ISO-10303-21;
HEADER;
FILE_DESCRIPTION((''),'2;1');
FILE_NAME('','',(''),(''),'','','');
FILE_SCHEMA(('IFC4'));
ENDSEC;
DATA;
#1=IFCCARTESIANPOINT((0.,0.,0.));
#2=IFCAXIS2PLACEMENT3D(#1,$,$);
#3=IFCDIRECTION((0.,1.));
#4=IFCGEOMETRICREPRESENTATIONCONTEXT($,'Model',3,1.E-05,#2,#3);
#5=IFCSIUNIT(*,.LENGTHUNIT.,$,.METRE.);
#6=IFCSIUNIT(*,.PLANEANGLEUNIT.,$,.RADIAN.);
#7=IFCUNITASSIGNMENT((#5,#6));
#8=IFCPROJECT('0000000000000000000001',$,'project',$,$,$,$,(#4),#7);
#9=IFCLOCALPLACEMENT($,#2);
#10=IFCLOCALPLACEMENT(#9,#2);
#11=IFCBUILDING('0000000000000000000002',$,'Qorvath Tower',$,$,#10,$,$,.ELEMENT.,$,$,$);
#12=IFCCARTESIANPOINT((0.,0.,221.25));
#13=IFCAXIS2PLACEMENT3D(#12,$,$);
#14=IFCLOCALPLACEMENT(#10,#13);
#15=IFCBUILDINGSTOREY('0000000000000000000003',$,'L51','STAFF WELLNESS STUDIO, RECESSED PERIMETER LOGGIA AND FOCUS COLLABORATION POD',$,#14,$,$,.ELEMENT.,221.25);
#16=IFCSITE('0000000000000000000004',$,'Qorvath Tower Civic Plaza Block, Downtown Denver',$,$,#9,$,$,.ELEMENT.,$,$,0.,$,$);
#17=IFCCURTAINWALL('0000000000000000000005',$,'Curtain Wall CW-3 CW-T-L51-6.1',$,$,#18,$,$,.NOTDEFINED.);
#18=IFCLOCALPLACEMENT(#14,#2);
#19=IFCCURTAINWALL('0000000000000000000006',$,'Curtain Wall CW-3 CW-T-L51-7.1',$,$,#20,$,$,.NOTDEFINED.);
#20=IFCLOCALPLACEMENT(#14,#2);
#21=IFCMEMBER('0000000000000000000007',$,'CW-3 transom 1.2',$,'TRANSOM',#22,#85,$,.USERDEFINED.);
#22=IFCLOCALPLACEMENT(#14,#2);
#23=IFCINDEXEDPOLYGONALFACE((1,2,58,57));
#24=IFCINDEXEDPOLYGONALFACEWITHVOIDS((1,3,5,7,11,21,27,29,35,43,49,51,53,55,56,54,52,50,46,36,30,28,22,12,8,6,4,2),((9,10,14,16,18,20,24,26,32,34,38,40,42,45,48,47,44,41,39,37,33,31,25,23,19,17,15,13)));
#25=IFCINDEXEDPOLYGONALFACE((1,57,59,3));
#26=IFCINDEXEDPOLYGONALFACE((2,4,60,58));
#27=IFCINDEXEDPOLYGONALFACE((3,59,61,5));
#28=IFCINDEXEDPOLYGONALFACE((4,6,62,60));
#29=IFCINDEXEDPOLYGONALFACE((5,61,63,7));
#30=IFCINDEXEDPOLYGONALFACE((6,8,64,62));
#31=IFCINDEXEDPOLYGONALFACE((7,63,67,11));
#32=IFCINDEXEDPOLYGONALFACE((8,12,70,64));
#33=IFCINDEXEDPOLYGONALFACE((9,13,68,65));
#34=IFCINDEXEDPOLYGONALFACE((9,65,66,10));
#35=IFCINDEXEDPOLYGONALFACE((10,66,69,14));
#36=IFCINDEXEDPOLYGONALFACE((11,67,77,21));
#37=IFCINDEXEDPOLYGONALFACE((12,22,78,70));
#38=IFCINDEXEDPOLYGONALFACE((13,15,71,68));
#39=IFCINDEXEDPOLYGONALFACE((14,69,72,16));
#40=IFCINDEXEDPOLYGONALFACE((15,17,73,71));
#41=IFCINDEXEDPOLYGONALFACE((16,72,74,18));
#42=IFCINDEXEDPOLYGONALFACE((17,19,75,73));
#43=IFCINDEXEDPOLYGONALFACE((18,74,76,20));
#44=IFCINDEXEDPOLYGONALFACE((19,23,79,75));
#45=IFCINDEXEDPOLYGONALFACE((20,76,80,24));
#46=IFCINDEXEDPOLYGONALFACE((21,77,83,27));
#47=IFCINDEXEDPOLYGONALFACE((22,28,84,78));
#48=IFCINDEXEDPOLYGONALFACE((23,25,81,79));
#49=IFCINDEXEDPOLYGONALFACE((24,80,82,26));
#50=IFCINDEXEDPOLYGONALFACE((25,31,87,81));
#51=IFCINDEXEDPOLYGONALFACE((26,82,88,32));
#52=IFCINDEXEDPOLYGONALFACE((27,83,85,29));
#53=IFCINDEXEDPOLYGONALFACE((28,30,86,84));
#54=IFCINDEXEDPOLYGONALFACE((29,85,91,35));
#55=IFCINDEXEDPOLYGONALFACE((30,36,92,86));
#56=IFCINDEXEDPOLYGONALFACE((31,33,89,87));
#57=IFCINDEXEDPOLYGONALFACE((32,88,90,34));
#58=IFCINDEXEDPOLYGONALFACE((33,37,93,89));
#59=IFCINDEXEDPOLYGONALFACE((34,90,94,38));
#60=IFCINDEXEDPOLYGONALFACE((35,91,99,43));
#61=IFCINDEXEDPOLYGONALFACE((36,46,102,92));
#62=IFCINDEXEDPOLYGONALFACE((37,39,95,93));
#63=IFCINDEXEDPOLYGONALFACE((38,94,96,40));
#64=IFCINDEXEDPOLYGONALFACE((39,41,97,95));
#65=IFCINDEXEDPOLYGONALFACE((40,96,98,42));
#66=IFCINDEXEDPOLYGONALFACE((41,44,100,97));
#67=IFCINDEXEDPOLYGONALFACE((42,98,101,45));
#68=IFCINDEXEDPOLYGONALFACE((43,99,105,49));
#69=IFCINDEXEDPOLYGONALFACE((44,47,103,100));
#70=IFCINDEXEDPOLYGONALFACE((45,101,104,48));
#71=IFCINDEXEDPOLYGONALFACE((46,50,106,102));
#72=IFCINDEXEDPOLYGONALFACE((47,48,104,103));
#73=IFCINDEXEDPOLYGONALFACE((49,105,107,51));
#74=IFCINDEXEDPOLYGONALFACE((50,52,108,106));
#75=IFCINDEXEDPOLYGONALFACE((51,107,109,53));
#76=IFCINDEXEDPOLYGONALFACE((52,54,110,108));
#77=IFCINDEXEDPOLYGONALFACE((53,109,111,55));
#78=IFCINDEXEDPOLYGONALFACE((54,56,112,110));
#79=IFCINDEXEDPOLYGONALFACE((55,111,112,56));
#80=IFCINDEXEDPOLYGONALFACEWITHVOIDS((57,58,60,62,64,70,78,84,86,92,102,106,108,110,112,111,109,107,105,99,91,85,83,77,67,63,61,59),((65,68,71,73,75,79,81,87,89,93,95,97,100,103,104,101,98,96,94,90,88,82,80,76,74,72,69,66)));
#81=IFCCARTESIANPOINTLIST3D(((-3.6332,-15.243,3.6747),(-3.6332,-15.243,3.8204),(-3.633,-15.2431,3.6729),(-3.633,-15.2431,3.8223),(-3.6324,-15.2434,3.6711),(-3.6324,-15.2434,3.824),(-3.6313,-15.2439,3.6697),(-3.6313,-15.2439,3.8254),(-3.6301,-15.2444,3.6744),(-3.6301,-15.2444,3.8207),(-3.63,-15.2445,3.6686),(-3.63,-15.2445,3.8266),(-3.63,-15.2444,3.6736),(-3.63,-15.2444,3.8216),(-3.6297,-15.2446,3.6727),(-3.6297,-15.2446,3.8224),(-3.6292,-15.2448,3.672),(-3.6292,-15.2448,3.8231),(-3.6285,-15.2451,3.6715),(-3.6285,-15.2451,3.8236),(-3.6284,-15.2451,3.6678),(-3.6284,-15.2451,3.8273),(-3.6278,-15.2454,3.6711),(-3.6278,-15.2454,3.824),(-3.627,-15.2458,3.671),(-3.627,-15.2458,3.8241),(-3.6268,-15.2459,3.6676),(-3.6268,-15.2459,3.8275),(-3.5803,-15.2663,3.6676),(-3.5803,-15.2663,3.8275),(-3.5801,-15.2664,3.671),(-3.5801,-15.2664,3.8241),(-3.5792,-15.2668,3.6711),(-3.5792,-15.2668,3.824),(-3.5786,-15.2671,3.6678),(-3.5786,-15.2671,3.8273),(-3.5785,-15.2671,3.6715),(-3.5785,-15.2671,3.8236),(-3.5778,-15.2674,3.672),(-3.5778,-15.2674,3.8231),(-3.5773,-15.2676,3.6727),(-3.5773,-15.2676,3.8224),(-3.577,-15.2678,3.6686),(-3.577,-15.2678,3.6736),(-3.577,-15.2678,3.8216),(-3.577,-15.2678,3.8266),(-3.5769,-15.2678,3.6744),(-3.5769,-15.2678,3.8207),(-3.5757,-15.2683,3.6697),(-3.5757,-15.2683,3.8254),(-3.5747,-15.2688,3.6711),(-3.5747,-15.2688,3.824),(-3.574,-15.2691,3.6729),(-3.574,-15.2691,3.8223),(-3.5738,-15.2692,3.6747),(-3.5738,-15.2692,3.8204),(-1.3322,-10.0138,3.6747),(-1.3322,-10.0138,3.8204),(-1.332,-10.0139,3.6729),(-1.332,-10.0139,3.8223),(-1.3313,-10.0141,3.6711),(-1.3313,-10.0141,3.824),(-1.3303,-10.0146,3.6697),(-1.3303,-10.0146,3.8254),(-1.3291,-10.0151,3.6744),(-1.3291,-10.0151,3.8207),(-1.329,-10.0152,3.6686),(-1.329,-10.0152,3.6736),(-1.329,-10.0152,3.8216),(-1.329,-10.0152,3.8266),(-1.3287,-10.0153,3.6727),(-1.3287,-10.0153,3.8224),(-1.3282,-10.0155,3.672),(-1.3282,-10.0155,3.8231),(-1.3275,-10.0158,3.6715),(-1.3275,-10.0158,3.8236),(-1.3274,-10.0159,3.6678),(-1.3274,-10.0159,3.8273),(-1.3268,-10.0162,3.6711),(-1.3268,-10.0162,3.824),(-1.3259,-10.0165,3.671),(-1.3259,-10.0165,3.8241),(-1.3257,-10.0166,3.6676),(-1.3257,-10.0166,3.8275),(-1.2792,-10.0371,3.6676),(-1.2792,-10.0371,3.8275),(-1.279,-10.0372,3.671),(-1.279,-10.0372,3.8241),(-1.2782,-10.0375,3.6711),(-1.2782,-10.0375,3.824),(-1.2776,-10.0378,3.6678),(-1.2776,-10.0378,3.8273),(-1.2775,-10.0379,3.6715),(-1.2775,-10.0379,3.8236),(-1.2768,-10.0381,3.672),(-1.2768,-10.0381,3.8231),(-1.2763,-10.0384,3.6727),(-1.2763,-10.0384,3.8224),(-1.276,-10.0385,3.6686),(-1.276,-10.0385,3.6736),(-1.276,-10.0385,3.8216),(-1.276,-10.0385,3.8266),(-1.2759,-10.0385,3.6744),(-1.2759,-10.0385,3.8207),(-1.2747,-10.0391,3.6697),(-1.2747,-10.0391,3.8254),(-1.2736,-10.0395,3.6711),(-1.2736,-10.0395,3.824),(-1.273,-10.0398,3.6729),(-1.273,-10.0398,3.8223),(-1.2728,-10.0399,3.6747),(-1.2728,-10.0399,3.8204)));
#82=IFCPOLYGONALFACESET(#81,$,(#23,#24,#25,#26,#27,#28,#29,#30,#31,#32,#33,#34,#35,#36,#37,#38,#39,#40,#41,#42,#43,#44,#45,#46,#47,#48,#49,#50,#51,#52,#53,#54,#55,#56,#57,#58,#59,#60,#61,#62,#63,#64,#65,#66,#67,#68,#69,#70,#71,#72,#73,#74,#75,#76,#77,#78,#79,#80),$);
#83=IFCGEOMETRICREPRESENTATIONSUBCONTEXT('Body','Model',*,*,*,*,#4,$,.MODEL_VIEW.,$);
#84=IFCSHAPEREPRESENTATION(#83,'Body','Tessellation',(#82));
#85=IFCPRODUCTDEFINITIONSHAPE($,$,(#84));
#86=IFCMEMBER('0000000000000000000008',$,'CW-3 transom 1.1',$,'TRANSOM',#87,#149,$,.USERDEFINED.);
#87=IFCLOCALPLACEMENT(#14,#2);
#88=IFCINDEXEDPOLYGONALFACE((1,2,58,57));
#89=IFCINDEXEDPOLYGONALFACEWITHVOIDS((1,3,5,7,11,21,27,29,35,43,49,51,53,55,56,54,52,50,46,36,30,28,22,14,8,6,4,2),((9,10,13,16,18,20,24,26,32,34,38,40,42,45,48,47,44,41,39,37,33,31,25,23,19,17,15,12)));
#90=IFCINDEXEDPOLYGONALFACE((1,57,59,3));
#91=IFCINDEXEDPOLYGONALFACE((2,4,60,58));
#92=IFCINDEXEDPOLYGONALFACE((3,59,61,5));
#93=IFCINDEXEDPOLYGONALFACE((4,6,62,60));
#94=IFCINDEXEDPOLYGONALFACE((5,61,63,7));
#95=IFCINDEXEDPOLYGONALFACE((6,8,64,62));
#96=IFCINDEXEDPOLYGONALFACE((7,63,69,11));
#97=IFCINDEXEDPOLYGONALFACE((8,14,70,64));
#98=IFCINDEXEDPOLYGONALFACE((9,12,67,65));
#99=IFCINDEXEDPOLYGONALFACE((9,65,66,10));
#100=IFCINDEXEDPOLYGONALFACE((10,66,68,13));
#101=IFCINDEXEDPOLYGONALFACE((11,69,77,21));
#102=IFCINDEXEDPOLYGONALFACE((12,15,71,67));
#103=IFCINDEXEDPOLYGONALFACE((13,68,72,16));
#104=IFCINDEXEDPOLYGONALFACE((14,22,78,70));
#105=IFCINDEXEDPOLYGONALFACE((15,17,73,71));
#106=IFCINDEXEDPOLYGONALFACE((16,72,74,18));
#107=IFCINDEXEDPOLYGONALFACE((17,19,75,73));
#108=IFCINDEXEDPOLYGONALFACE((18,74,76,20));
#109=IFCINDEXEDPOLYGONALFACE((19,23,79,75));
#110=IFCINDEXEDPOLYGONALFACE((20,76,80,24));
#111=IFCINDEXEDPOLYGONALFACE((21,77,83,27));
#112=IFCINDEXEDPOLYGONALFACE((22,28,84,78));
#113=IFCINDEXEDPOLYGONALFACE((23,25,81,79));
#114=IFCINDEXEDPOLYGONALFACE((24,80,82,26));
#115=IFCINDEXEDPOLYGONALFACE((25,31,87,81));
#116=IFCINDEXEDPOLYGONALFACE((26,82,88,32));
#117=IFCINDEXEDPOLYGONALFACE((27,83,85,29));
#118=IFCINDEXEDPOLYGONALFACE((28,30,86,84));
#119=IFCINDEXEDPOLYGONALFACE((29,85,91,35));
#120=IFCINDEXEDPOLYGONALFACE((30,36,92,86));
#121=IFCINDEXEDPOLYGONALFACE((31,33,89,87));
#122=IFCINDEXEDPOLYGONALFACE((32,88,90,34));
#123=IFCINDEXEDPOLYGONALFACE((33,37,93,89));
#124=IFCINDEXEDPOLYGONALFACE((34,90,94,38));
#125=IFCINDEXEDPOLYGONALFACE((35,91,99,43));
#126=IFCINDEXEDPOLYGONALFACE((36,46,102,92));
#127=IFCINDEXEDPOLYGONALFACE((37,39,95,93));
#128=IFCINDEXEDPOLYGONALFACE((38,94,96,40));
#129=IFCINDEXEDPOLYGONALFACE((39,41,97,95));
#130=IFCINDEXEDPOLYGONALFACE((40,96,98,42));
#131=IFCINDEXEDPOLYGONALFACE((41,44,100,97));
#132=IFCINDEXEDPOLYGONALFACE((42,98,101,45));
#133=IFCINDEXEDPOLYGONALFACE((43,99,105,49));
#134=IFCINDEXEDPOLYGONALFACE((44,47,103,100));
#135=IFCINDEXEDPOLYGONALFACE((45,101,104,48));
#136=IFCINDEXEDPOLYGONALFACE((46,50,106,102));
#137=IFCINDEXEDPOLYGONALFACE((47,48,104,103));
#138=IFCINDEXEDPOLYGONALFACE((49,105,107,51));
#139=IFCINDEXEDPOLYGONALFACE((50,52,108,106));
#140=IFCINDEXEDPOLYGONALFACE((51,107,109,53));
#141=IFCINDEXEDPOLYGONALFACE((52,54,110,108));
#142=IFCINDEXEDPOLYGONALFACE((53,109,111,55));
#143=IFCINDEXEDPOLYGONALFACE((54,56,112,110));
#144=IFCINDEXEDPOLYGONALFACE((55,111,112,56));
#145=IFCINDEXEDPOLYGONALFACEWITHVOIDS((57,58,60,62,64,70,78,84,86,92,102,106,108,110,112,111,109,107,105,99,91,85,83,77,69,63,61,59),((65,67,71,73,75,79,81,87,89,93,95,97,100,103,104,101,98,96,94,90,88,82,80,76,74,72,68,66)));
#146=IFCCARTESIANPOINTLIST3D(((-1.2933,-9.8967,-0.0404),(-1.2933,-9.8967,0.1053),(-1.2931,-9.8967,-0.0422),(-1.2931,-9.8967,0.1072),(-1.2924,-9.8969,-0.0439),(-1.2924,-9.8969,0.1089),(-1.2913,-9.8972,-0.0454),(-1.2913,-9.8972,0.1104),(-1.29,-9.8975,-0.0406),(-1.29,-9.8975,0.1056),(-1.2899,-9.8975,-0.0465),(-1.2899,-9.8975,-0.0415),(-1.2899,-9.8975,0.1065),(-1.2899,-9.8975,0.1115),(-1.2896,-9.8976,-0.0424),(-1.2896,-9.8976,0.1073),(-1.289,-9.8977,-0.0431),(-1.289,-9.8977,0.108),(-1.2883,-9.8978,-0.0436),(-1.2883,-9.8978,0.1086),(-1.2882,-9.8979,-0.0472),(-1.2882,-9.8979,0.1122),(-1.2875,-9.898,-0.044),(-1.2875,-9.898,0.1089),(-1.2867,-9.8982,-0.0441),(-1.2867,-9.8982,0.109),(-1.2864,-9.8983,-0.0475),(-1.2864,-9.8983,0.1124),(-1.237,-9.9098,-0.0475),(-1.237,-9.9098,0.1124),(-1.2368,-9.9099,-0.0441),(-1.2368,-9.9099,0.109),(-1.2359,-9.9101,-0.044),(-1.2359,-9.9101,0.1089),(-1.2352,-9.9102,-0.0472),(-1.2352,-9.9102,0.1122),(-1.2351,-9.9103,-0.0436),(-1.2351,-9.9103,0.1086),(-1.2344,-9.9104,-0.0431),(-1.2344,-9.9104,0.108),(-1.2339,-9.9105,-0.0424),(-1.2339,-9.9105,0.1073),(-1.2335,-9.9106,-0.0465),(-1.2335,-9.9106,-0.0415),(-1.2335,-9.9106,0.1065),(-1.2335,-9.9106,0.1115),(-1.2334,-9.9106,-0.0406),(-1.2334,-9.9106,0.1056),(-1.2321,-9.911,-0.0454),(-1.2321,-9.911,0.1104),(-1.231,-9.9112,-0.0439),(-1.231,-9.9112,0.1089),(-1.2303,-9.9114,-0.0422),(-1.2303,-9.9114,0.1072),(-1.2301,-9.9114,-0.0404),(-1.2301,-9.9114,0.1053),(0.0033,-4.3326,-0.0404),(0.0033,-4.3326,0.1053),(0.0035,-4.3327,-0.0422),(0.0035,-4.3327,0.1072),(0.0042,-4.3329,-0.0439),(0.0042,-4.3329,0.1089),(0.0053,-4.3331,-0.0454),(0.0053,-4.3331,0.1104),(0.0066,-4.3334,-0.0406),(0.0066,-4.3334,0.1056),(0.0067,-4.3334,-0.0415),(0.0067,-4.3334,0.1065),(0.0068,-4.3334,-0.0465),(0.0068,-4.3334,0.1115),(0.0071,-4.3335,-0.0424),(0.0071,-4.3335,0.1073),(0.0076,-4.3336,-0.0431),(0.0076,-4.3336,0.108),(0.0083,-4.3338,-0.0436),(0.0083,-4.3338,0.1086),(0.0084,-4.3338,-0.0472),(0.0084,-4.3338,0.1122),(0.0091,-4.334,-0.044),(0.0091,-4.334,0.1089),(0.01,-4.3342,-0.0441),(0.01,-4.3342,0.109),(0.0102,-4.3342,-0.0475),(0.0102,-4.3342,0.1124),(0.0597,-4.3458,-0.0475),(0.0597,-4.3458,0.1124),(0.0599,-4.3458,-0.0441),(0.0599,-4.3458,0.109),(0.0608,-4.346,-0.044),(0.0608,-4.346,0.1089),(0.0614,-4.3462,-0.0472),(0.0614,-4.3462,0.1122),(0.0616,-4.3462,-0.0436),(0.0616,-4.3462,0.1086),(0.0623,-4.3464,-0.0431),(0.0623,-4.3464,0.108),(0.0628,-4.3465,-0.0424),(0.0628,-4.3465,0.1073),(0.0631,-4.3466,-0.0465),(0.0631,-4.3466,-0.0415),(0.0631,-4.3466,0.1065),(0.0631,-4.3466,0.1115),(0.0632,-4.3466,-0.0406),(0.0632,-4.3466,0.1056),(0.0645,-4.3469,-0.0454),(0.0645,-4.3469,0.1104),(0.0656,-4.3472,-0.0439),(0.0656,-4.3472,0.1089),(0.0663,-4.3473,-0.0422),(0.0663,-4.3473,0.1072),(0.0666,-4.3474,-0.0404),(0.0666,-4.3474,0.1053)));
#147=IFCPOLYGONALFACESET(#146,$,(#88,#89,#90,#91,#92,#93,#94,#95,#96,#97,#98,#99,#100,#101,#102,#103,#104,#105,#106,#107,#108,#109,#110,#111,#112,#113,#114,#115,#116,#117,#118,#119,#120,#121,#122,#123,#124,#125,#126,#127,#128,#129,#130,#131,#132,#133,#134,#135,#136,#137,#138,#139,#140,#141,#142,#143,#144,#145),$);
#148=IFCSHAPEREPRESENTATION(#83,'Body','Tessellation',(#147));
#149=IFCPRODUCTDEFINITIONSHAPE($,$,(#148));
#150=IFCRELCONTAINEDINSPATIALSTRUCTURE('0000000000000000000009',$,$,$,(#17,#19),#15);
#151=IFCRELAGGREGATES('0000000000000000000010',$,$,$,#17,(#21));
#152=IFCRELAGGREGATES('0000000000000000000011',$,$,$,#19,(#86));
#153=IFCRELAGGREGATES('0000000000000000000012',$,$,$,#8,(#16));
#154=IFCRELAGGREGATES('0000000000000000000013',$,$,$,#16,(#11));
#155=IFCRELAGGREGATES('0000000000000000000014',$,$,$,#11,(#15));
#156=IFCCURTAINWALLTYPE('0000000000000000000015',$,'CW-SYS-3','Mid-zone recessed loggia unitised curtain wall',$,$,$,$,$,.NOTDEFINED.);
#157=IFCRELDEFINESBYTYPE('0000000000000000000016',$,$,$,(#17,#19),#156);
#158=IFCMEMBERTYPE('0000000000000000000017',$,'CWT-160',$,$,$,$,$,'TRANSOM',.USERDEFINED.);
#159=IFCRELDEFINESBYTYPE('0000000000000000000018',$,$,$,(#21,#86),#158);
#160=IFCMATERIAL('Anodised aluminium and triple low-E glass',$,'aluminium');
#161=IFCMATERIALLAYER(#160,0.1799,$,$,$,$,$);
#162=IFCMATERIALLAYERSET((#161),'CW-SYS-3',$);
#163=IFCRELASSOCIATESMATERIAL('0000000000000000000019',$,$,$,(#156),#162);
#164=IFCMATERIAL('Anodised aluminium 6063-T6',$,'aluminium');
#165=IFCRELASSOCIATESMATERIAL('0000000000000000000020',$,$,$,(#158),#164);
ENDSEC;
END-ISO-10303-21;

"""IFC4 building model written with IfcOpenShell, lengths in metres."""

from ifc_helpers import new_model, si_unit, direction, frame, origin, origin_2d, place, context, subcontext, project, spatial, hollow_rectangle, extrude, material, layer, layer_set, material_profile, profile_set, type_object, element, aggregate, save


model = new_model("IFC4")

# Units and contexts
model_context = context("Model", 3, precision=1e-05, world=origin(), true_north=direction((0.0, 1.0)))
body_context = subcontext(model_context, "Body", "Model", "MODEL_VIEW")
ifc_project = project(units=[si_unit("LENGTHUNIT", "METRE"), si_unit("PLANEANGLEUNIT", "RADIAN")], contexts=[model_context])

# Site, building, storey
site_placement = place(None, origin())
site = spatial("IfcSite", under=ifc_project, at=site_placement, Name="Qorvath Tower Civic Plaza Block, Downtown Denver", CompositionType="ELEMENT", RefElevation=0.0)
building_placement = place(site_placement, origin())
building = spatial("IfcBuilding", under=site, at=building_placement, Name="Qorvath Tower", CompositionType="ELEMENT")
storey_placement = place(building_placement, frame((0.0, 0.0, 221.25)))
storey = spatial("IfcBuildingStorey", under=building, at=storey_placement, Name="L51", Description="STAFF WELLNESS STUDIO, RECESSED PERIMETER LOGGIA AND FOCUS COLLABORATION POD", CompositionType="ELEMENT", Elevation=221.25)

# Curtain walls
ifc_material_1 = material(Name="Anodised aluminium and triple low-E glass", Category="aluminium")
ifc_layer_1 = layer(ifc_material_1, 0.1799)
ifc_layer_set_1 = layer_set([ifc_layer_1], Name="CW-SYS-3")
curtain_wall_type = type_object("IfcCurtainWallType", Name="CW-SYS-3", Description="Mid-zone recessed loggia unitised curtain wall", PredefinedType="NOTDEFINED", material=ifc_layer_set_1)
curtain_wall_1_placement = place(storey_placement, origin())
curtain_wall_1 = element("IfcCurtainWall", 1, at=curtain_wall_1_placement, inside=storey, type_object=curtain_wall_type, Name="Curtain Wall CW-3 CW-T-L51-6.1", PredefinedType="NOTDEFINED")
curtain_wall_2_placement = place(storey_placement, origin())
curtain_wall_2 = element("IfcCurtainWall", 2, at=curtain_wall_2_placement, inside=storey, type_object=curtain_wall_type, Name="Curtain Wall CW-3 CW-T-L51-7.1", PredefinedType="NOTDEFINED")

# Members
ifc_material_2 = material(Name="Anodised aluminium 6063-T6", Category="aluminium")
ifc_material_profile_1 = material_profile(ifc_material_2, hollow_rectangle(XDim=0.0649, YDim=0.1599, WallThickness=0.0034, InnerFilletRadius=0.0034, OuterFilletRadius=0.0071, at=origin_2d()), Name="CWT 160x65")
ifc_profile_set_1 = profile_set([ifc_material_profile_1], Name="Anodised aluminium 6063-T6")
member_type_1 = type_object("IfcMemberType", Name="CWT-160", ElementType="TRANSOM", PredefinedType="USERDEFINED", material=ifc_profile_set_1)
member_1_placement = place(storey_placement, frame((-3.6035, -15.2561, 3.7476), z_axis=(0.402762, 0.915305, 0.0), x_axis=(-0.915305, 0.402762, 0.0)))
member_1 = element("IfcMember", 3, at=member_1_placement, type_object=member_type_1, Name="CW-3 transom 1.2", ObjectType="TRANSOM", PredefinedType="USERDEFINED", context=body_context, shape_type="SweptSolid", body=[
    extrude(hollow_rectangle(XDim=0.0649, YDim=0.1599, WallThickness=0.0034, InnerFilletRadius=0.0034, OuterFilletRadius=0.0071, at=origin_2d()), origin(), (0.0, 0.0, 1.0), 5.7131),
])
member_2_placement = place(storey_placement, frame((-1.2617, -9.9041, 0.0325), z_axis=(0.226959, 0.973904, 0.0), x_axis=(-0.973904, 0.226959, 0.0)))
member_2 = element("IfcMember", 4, at=member_2_placement, type_object=member_type_1, Name="CW-3 transom 1.1", ObjectType="TRANSOM", PredefinedType="USERDEFINED", context=body_context, shape_type="SweptSolid", body=[
    extrude(hollow_rectangle(XDim=0.0649, YDim=0.1599, WallThickness=0.0034, InnerFilletRadius=0.0034, OuterFilletRadius=0.0071, at=origin_2d()), origin(), (0.0, 0.0, 1.0), 5.7131),
])

aggregate(curtain_wall_1, [member_1])
aggregate(curtain_wall_2, [member_2])

save(model, "model.ifc")
